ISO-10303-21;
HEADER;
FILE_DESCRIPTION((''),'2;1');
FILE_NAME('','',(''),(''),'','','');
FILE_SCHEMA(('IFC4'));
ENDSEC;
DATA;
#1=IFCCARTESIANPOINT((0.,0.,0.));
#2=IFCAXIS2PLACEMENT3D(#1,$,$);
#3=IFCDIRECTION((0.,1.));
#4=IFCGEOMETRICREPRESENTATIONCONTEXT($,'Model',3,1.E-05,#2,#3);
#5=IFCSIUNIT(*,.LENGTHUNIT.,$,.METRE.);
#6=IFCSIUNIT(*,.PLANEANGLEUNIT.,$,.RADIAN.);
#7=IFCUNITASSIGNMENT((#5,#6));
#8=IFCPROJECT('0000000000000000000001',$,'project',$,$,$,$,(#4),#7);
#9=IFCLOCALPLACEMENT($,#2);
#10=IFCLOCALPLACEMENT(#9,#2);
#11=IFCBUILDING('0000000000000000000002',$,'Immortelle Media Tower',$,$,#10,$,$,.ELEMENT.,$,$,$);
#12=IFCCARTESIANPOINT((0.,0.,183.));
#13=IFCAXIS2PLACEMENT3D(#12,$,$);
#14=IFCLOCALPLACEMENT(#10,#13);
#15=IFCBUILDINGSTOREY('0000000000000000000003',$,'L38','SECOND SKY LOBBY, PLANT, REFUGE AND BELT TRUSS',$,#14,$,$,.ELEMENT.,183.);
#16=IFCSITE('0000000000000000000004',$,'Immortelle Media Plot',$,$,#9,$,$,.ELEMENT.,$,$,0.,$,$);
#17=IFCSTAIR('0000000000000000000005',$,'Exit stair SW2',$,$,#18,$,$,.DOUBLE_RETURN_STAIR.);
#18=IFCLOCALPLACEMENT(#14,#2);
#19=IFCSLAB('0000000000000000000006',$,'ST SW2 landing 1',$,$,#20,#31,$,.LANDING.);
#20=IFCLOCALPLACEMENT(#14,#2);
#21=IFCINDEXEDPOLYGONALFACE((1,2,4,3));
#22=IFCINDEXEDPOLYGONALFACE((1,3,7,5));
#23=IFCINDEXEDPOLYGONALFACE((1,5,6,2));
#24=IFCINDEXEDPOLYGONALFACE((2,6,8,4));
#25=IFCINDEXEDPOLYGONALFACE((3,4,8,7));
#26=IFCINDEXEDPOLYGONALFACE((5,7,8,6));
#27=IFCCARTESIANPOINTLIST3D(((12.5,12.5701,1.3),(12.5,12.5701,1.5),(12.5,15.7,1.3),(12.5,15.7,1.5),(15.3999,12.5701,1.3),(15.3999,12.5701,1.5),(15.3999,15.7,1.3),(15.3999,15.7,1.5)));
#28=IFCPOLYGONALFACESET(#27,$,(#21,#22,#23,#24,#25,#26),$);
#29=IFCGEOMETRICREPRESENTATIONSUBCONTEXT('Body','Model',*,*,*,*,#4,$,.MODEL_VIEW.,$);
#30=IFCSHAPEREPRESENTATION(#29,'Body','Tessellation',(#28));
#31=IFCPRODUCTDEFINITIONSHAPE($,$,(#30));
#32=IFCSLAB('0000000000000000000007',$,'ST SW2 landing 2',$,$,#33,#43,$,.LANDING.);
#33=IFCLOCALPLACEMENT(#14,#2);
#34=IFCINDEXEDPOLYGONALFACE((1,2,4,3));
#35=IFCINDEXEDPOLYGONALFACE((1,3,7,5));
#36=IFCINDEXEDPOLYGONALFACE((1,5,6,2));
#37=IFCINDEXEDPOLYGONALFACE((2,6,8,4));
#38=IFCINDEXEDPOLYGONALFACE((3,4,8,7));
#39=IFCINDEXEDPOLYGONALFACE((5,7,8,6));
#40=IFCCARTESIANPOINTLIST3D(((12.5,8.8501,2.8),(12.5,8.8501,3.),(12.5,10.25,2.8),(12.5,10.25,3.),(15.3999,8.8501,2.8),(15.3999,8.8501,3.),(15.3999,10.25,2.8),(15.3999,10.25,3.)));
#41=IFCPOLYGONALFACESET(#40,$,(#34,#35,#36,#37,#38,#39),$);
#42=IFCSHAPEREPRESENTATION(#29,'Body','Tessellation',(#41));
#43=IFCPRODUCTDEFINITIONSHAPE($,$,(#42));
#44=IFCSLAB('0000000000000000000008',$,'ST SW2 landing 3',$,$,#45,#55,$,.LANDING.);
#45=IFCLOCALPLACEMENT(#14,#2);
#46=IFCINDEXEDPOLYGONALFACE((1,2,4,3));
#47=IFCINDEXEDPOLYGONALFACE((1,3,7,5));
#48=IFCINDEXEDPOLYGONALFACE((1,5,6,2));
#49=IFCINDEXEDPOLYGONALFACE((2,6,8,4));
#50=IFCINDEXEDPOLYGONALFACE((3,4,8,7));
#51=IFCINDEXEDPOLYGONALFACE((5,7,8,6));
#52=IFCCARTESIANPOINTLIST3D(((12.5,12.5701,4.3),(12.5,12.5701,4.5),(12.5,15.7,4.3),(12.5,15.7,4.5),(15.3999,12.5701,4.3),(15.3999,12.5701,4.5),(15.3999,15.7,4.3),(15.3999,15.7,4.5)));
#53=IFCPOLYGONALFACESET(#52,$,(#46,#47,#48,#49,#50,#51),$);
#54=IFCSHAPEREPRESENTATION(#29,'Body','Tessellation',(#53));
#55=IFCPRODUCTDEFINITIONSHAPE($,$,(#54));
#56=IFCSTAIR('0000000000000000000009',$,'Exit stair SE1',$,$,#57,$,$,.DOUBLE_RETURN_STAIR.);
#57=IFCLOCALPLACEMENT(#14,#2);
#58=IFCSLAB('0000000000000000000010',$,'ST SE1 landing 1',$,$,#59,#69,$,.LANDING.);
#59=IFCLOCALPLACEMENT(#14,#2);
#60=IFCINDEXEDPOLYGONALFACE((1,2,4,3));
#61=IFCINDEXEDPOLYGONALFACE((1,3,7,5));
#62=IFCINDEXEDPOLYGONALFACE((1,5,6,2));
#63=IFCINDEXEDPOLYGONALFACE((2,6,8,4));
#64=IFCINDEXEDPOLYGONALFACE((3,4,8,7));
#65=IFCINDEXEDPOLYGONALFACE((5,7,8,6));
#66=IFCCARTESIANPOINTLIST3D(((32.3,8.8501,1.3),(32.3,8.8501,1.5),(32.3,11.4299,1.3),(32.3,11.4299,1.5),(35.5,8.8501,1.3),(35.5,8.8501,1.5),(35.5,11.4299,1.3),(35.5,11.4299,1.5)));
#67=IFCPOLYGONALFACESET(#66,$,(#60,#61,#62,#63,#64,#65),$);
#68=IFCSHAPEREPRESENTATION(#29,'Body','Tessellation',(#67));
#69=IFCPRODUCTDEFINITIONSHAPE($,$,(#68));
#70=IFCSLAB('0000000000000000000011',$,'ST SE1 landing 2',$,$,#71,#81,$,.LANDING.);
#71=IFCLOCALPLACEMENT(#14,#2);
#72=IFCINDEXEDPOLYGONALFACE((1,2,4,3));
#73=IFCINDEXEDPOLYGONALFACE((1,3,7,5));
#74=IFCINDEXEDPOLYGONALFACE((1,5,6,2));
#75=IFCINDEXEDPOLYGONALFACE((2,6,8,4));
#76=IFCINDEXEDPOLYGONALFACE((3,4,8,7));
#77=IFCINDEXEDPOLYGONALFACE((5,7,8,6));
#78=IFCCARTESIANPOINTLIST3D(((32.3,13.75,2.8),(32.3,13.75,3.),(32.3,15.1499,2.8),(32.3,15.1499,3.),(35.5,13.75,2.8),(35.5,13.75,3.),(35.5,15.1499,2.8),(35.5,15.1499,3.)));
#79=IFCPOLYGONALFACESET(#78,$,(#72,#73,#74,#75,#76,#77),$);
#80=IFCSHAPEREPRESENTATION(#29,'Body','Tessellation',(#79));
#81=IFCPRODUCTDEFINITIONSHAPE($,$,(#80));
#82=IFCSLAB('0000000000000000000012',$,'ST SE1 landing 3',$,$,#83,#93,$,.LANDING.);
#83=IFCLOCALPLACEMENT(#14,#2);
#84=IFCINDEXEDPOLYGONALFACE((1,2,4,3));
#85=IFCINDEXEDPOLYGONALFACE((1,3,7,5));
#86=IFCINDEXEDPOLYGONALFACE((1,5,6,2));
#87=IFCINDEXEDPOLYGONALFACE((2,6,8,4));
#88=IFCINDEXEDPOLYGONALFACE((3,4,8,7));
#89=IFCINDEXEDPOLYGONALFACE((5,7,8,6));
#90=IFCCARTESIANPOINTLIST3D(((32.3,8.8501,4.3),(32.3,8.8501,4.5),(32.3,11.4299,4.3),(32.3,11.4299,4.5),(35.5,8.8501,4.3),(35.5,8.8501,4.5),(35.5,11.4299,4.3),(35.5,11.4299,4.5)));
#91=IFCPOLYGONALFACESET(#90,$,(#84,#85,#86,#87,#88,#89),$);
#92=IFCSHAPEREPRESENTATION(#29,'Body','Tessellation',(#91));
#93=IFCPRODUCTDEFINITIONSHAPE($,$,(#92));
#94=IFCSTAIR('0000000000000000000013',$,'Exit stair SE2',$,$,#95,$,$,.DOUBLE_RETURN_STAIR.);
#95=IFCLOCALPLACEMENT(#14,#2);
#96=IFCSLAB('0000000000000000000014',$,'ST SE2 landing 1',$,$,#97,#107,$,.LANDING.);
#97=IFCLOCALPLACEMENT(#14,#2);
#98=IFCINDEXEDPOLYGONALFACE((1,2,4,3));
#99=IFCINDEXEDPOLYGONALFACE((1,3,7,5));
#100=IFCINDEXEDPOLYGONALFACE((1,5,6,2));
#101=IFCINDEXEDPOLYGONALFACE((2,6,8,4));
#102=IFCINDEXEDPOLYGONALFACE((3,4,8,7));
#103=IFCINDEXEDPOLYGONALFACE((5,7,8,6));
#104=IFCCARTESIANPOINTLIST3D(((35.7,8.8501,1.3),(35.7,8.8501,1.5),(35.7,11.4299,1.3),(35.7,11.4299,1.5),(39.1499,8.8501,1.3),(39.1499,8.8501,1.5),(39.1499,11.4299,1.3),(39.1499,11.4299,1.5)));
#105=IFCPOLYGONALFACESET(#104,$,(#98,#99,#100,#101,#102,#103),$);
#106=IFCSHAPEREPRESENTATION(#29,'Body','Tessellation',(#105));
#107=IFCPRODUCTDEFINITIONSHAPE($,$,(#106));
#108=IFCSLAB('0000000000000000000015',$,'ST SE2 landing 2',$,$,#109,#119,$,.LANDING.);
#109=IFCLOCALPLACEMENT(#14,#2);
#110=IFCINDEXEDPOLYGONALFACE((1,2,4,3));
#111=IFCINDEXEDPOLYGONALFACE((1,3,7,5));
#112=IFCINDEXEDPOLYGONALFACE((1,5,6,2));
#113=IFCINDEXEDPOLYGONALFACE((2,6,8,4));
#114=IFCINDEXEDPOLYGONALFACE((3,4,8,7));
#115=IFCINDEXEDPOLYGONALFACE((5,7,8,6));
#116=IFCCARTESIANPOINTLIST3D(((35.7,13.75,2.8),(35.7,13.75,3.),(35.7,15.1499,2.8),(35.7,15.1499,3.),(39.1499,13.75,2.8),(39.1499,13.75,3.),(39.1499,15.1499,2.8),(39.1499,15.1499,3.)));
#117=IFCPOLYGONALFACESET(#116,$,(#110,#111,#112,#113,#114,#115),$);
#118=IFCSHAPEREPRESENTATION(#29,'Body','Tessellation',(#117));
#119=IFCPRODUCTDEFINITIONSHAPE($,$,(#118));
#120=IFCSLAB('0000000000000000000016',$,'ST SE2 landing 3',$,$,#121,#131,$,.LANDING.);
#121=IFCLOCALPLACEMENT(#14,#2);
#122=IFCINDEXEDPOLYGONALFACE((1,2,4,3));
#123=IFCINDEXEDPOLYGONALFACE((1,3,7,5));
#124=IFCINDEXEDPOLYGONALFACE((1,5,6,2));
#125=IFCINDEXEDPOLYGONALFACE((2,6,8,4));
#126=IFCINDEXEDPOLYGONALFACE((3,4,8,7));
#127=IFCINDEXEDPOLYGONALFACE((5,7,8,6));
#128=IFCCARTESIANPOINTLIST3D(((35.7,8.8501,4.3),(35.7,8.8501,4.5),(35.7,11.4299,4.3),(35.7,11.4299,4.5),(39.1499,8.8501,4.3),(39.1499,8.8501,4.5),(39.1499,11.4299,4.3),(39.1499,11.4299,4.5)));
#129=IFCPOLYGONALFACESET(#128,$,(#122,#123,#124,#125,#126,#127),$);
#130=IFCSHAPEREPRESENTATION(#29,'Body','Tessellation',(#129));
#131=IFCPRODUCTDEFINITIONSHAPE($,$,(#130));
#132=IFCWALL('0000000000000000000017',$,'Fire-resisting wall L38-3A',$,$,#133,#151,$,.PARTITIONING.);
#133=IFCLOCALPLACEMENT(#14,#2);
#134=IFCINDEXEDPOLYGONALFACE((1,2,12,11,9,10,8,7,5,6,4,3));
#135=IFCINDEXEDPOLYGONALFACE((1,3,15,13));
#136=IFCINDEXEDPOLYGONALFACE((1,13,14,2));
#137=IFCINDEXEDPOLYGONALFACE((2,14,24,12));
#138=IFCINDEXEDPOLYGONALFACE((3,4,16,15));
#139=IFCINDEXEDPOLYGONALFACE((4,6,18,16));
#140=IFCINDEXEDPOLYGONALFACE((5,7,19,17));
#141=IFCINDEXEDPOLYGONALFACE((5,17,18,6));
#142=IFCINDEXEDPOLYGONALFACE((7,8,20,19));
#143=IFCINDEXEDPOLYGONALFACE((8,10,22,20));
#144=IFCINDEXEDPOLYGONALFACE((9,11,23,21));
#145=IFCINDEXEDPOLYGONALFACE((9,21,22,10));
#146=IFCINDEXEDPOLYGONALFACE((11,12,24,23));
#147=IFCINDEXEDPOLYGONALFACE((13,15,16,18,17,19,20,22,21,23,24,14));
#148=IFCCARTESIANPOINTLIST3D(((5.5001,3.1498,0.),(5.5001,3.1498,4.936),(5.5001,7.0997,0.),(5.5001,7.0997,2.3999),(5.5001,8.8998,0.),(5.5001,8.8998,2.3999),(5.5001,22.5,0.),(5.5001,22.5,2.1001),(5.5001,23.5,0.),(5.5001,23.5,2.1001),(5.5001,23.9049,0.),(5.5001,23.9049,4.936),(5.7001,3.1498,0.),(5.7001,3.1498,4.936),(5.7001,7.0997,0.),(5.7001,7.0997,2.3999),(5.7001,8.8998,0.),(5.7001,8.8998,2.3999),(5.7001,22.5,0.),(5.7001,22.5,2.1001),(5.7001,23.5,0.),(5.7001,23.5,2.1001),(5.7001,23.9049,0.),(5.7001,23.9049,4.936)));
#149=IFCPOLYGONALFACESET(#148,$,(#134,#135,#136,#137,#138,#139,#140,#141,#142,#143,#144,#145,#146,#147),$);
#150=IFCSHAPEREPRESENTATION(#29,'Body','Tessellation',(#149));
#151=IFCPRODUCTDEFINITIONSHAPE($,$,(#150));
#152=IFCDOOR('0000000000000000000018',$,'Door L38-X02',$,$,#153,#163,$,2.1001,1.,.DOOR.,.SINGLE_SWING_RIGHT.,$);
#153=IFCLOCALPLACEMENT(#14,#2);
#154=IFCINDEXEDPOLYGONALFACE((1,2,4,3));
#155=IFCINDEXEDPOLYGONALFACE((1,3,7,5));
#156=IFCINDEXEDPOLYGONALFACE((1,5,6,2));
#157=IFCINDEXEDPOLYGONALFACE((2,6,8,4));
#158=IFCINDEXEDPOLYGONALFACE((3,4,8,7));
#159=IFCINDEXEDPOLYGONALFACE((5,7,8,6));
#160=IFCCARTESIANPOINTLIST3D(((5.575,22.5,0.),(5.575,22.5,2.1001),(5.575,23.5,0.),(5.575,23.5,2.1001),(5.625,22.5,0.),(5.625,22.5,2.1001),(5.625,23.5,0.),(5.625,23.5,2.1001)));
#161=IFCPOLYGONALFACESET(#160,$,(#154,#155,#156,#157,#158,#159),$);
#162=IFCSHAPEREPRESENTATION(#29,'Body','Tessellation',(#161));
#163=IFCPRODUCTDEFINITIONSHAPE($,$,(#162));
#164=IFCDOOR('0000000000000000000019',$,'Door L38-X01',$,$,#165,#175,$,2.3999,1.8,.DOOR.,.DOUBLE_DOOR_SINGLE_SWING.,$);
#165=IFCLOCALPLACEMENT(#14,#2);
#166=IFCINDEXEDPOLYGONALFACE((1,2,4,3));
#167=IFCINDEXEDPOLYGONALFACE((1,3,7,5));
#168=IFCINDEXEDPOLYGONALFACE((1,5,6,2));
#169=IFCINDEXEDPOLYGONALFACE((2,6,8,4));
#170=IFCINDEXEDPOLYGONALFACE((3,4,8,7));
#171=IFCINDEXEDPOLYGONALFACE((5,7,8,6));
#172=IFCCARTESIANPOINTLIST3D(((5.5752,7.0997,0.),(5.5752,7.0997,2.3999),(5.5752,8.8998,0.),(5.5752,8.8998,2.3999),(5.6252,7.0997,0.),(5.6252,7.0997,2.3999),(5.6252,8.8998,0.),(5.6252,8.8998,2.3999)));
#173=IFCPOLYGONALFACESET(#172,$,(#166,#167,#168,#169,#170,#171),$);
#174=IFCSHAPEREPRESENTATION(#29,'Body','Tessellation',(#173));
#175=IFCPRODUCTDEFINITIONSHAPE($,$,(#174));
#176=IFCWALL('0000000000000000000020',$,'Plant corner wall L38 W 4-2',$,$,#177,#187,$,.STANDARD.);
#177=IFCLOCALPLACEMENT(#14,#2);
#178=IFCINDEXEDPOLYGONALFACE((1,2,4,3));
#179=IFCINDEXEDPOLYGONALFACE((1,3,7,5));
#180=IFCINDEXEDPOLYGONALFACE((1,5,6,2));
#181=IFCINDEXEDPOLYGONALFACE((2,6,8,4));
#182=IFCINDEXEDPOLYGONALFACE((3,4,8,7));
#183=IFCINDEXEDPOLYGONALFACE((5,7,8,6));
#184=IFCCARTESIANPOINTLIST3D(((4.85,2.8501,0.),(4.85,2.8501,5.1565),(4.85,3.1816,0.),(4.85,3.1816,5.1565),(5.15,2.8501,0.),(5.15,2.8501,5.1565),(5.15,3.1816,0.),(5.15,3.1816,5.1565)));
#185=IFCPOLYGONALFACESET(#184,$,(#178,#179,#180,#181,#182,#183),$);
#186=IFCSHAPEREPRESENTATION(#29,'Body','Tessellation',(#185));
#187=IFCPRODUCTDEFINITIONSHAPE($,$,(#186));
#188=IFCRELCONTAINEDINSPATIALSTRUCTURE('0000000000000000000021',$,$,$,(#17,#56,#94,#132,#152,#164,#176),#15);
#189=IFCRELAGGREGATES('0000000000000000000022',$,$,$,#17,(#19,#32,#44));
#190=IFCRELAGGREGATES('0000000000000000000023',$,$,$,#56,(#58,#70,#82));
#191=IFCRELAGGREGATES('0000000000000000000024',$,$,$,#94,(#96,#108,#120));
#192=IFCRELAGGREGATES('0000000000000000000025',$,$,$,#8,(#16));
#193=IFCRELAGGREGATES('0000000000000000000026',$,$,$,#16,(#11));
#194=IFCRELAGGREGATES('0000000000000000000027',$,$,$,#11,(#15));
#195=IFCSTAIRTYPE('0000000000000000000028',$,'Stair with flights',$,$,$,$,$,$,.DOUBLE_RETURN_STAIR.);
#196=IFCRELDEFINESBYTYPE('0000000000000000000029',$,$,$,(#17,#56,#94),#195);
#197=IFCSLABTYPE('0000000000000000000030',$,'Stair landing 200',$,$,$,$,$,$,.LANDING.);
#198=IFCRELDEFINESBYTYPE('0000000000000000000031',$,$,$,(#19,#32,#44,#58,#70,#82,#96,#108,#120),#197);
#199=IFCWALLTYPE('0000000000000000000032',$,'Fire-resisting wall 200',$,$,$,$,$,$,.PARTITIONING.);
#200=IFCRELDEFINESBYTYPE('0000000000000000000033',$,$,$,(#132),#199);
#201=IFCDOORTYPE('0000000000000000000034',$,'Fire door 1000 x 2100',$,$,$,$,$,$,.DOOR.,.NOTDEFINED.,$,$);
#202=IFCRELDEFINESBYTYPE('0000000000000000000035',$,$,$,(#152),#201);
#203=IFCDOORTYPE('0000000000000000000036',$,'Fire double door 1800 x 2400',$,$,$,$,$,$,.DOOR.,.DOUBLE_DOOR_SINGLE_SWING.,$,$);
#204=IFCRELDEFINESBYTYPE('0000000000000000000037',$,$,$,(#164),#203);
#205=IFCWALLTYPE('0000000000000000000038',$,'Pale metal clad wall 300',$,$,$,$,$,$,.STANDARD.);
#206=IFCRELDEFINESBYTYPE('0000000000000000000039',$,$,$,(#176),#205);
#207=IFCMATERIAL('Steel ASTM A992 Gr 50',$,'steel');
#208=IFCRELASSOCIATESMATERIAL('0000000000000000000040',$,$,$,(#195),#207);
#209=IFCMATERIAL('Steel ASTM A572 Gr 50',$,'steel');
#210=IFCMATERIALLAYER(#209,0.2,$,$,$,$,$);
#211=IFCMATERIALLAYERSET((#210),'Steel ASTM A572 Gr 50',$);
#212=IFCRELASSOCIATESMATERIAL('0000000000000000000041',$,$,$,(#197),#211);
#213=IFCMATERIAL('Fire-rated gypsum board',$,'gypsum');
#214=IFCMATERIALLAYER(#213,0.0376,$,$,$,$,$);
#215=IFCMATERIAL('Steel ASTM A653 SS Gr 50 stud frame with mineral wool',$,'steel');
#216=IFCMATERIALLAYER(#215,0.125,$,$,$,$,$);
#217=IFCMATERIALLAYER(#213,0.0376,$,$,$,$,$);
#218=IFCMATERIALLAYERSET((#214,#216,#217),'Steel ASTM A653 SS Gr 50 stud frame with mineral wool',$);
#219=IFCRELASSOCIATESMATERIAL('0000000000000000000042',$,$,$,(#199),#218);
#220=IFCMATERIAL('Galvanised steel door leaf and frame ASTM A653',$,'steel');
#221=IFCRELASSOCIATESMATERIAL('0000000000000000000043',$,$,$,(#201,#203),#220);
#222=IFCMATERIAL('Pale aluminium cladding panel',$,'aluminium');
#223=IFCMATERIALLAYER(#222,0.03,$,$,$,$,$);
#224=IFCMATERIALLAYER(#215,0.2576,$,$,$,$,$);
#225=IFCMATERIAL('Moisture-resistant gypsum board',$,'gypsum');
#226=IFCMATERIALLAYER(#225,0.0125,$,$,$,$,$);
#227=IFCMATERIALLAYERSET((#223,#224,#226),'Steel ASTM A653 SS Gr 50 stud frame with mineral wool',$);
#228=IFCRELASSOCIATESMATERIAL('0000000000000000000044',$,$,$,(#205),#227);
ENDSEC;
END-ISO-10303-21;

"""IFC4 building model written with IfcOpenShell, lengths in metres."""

from ifc_helpers import new_model, si_unit, direction, frame, frame_2d, origin, place, context, subcontext, project, spatial, polyline, rectangle, outline, extrude, material, layer, layer_set, type_object, element, fill, aggregate, save


model = new_model("IFC4")

# Units and contexts
model_context = context("Model", 3, precision=1e-05, world=origin(), true_north=direction((0.0, 1.0)))
body_context = subcontext(model_context, "Body", "Model", "MODEL_VIEW")
ifc_project = project(units=[si_unit("LENGTHUNIT", "METRE"), si_unit("PLANEANGLEUNIT", "RADIAN")], contexts=[model_context])

# Site, building, storey
site_placement = place(None, origin())
site = spatial("IfcSite", under=ifc_project, at=site_placement, Name="Immortelle Media Plot", CompositionType="ELEMENT", RefElevation=0.0)
building_placement = place(site_placement, origin())
building = spatial("IfcBuilding", under=site, at=building_placement, Name="Immortelle Media Tower", CompositionType="ELEMENT")
storey_placement = place(building_placement, frame((0.0, 0.0, 183.0)))
storey = spatial("IfcBuildingStorey", under=building, at=storey_placement, Name="L38", Description="SECOND SKY LOBBY, PLANT, REFUGE AND BELT TRUSS", CompositionType="ELEMENT", Elevation=183.0)

# Shared definitions
ifc_material_1 = material(Name="Steel ASTM A992 Gr 50", Category="steel")

# Stairs, slabs
stair_type = type_object("IfcStairType", Name="Stair with flights", PredefinedType="DOUBLE_RETURN_STAIR", material=ifc_material_1)
ifc_material_2 = material(Name="Steel ASTM A572 Gr 50", Category="steel")
ifc_layer_1 = layer(ifc_material_2, 0.2)
ifc_layer_set_1 = layer_set([ifc_layer_1], Name="Steel ASTM A572 Gr 50")
slab_type_1 = type_object("IfcSlabType", Name="Stair landing 200", PredefinedType="LANDING", material=ifc_layer_set_1)
stair_1_placement = place(storey_placement, origin())
stair_1 = element("IfcStair", 1, at=stair_1_placement, inside=storey, type_object=stair_type, Name="Exit stair SW2", PredefinedType="DOUBLE_RETURN_STAIR")
slab_1_placement = place(storey_placement, frame((0.0, 0.0, 1.3)))
slab_1 = element("IfcSlab", 2, at=slab_1_placement, type_object=slab_type_1, Name="ST SW2 landing 1", PredefinedType="LANDING", context=body_context, shape_type="SweptSolid", body=[
    extrude(outline(polyline([(12.5, 12.5701), (15.3999, 12.5701), (15.3999, 15.7), (12.5, 15.7), (12.5, 12.5701)])), origin(), (0.0, 0.0, 1.0), 0.2),
])
slab_2_placement = place(storey_placement, frame((0.0, 0.0, 2.8)))
slab_2 = element("IfcSlab", 3, at=slab_2_placement, type_object=slab_type_1, Name="ST SW2 landing 2", PredefinedType="LANDING", context=body_context, shape_type="SweptSolid", body=[
    extrude(outline(polyline([(12.5, 8.8501), (15.3999, 8.8501), (15.3999, 10.25), (12.5, 10.25), (12.5, 8.8501)])), origin(), (0.0, 0.0, 1.0), 0.2),
])
slab_3_placement = place(storey_placement, frame((0.0, 0.0, 4.3)))
slab_3 = element("IfcSlab", 4, at=slab_3_placement, type_object=slab_type_1, Name="ST SW2 landing 3", PredefinedType="LANDING", context=body_context, shape_type="SweptSolid", body=[
    extrude(outline(polyline([(12.5, 12.5701), (15.3999, 12.5701), (15.3999, 15.7), (12.5, 15.7), (12.5, 12.5701)])), origin(), (0.0, 0.0, 1.0), 0.2),
])
aggregate(stair_1, [slab_1, slab_2, slab_3])
stair_2_placement = place(storey_placement, origin())
stair_2 = element("IfcStair", 5, at=stair_2_placement, inside=storey, type_object=stair_type, Name="Exit stair SE1", PredefinedType="DOUBLE_RETURN_STAIR")
slab_4_placement = place(storey_placement, frame((0.0, 0.0, 1.3)))
slab_4 = element("IfcSlab", 6, at=slab_4_placement, type_object=slab_type_1, Name="ST SE1 landing 1", PredefinedType="LANDING", context=body_context, shape_type="SweptSolid", body=[
    extrude(outline(polyline([(32.3, 8.8501), (35.5, 8.8501), (35.5, 11.4299), (32.3, 11.4299), (32.3, 8.8501)])), origin(), (0.0, 0.0, 1.0), 0.2),
])
slab_5_placement = place(storey_placement, frame((0.0, 0.0, 2.8)))
slab_5 = element("IfcSlab", 7, at=slab_5_placement, type_object=slab_type_1, Name="ST SE1 landing 2", PredefinedType="LANDING", context=body_context, shape_type="SweptSolid", body=[
    extrude(outline(polyline([(32.3, 13.75), (35.5, 13.75), (35.5, 15.1499), (32.3, 15.1499), (32.3, 13.75)])), origin(), (0.0, 0.0, 1.0), 0.2),
])
slab_6_placement = place(storey_placement, frame((0.0, 0.0, 4.3)))
slab_6 = element("IfcSlab", 8, at=slab_6_placement, type_object=slab_type_1, Name="ST SE1 landing 3", PredefinedType="LANDING", context=body_context, shape_type="SweptSolid", body=[
    extrude(outline(polyline([(32.3, 8.8501), (35.5, 8.8501), (35.5, 11.4299), (32.3, 11.4299), (32.3, 8.8501)])), origin(), (0.0, 0.0, 1.0), 0.2),
])
aggregate(stair_2, [slab_4, slab_5, slab_6])
stair_3_placement = place(storey_placement, origin())
stair_3 = element("IfcStair", 9, at=stair_3_placement, inside=storey, type_object=stair_type, Name="Exit stair SE2", PredefinedType="DOUBLE_RETURN_STAIR")
slab_7_placement = place(storey_placement, frame((0.0, 0.0, 1.3)))
slab_7 = element("IfcSlab", 10, at=slab_7_placement, type_object=slab_type_1, Name="ST SE2 landing 1", PredefinedType="LANDING", context=body_context, shape_type="SweptSolid", body=[
    extrude(outline(polyline([(35.7, 8.8501), (39.1499, 8.8501), (39.1499, 11.4299), (35.7, 11.4299), (35.7, 8.8501)])), origin(), (0.0, 0.0, 1.0), 0.2),
])
slab_8_placement = place(storey_placement, frame((0.0, 0.0, 2.8)))
slab_8 = element("IfcSlab", 11, at=slab_8_placement, type_object=slab_type_1, Name="ST SE2 landing 2", PredefinedType="LANDING", context=body_context, shape_type="SweptSolid", body=[
    extrude(outline(polyline([(35.7, 13.75), (39.1499, 13.75), (39.1499, 15.1499), (35.7, 15.1499), (35.7, 13.75)])), origin(), (0.0, 0.0, 1.0), 0.2),
])
slab_9_placement = place(storey_placement, frame((0.0, 0.0, 4.3)))
slab_9 = element("IfcSlab", 12, at=slab_9_placement, type_object=slab_type_1, Name="ST SE2 landing 3", PredefinedType="LANDING", context=body_context, shape_type="SweptSolid", body=[
    extrude(outline(polyline([(35.7, 8.8501), (39.1499, 8.8501), (39.1499, 11.4299), (35.7, 11.4299), (35.7, 8.8501)])), origin(), (0.0, 0.0, 1.0), 0.2),
])
aggregate(stair_3, [slab_7, slab_8, slab_9])

# Wall, openings, doors
ifc_material_3 = material(Name="Fire-rated gypsum board", Category="gypsum")
ifc_layer_2 = layer(ifc_material_3, 0.0376)
ifc_material_4 = material(Name="Steel ASTM A653 SS Gr 50 stud frame with mineral wool", Category="steel")
ifc_layer_3 = layer(ifc_material_4, 0.125)
ifc_layer_4 = layer(ifc_material_3, 0.0376)
ifc_layer_set_2 = layer_set([ifc_layer_2, ifc_layer_3, ifc_layer_4], Name="Steel ASTM A653 SS Gr 50 stud frame with mineral wool")
wall_type_1 = type_object("IfcWallType", Name="Fire-resisting wall 200", PredefinedType="PARTITIONING", material=ifc_layer_set_2)
wall_1_placement = place(storey_placement, frame((5.6001, 3.1499, 0.0), z_axis=(0.0, 0.0, 1.0), x_axis=(0.0, 1.0, 0.0)))
wall_1 = element("IfcWall", 13, at=wall_1_placement, inside=storey, type_object=wall_type_1, Name="Fire-resisting wall L38-3A", PredefinedType="PARTITIONING", context=body_context, shape_type="SweptSolid", body=[
    extrude(rectangle(XDim=20.7551, YDim=0.2, at=frame_2d((10.3774, 0.0))), origin(), (0.0, 0.0, 1.0), 4.936),
])
opening_1_placement = place(wall_1_placement, frame((3.95, 0.0, 0.0)))
opening_1 = element("IfcOpeningElement", 14, at=opening_1_placement, cuts=wall_1, PredefinedType="OPENING", context=body_context, shape_type="SweptSolid", body=[
    extrude(rectangle(XDim=1.8, YDim=2.3999, at=frame_2d((0.8999, 1.2))), frame((0.0, 0.1099, 0.0), z_axis=(0.0, -1.0, 0.0), x_axis=(1.0, 0.0, 0.0)), (0.0, 0.0, 1.0), 0.22),
])
opening_2_placement = place(wall_1_placement, frame((20.3501, 0.0, 0.0), z_axis=(0.0, 0.0, 1.0), x_axis=(-1.0, 0.0, 0.0)))
opening_2 = element("IfcOpeningElement", 15, at=opening_2_placement, cuts=wall_1, PredefinedType="OPENING", context=body_context, shape_type="SweptSolid", body=[
    extrude(rectangle(XDim=1.0, YDim=2.1001, at=frame_2d((0.5, 1.05))), frame((0.0, 0.1099, 0.0), z_axis=(0.0, -1.0, 0.0), x_axis=(1.0, 0.0, 0.0)), (0.0, 0.0, 1.0), 0.22),
])
ifc_material_5 = material(Name="Galvanised steel door leaf and frame ASTM A653", Category="steel")
door_type_1 = type_object("IfcDoorType", Name="Fire door 1000 x 2100", OperationType="NOTDEFINED", PredefinedType="DOOR", material=ifc_material_5)
door_1_placement = place(opening_2_placement, origin())
door_1 = element("IfcDoor", 16, at=door_1_placement, inside=storey, type_object=door_type_1, Name="Door L38-X02", OperationType="SINGLE_SWING_RIGHT", OverallHeight=2.1001, OverallWidth=1.0, PredefinedType="DOOR", context=body_context, shape_type="SweptSolid", body=[
    extrude(rectangle(XDim=1.0, YDim=2.1001, at=frame_2d((0.5, 1.05))), frame((0.0, 0.0249, 0.0), z_axis=(0.0, -1.0, 0.0), x_axis=(1.0, 0.0, 0.0)), (0.0, 0.0, 1.0), 0.05),
])
fill(opening_2, door_1)
door_type_2 = type_object("IfcDoorType", Name="Fire double door 1800 x 2400", OperationType="DOUBLE_DOOR_SINGLE_SWING", PredefinedType="DOOR", material=ifc_material_5)
door_2_placement = place(opening_1_placement, origin())
door_2 = element("IfcDoor", 17, at=door_2_placement, inside=storey, type_object=door_type_2, Name="Door L38-X01", OperationType="DOUBLE_DOOR_SINGLE_SWING", OverallHeight=2.3999, OverallWidth=1.8, PredefinedType="DOOR", context=body_context, shape_type="SweptSolid", body=[
    extrude(rectangle(XDim=1.8, YDim=2.3999, at=frame_2d((0.8999, 1.2))), frame((0.0, 0.0249, 0.0), z_axis=(0.0, -1.0, 0.0), x_axis=(1.0, 0.0, 0.0)), (0.0, 0.0, 1.0), 0.05),
])
fill(opening_1, door_2)

# Wall
ifc_material_6 = material(Name="Pale aluminium cladding panel", Category="aluminium")
ifc_layer_5 = layer(ifc_material_6, 0.03)
ifc_layer_6 = layer(ifc_material_4, 0.2576)
ifc_material_7 = material(Name="Moisture-resistant gypsum board", Category="gypsum")
ifc_layer_7 = layer(ifc_material_7, 0.0125)
ifc_layer_set_3 = layer_set([ifc_layer_5, ifc_layer_6, ifc_layer_7], Name="Steel ASTM A653 SS Gr 50 stud frame with mineral wool")
wall_type_2 = type_object("IfcWallType", Name="Pale metal clad wall 300", PredefinedType="STANDARD", material=ifc_layer_set_3)
wall_2_placement = place(storey_placement, frame((5.0, 3.1816, 0.0), z_axis=(0.0, 0.0, 1.0), x_axis=(0.0, -1.0, 0.0)))
element("IfcWall", 18, at=wall_2_placement, inside=storey, type_object=wall_type_2, Name="Plant corner wall L38 W 4-2", PredefinedType="STANDARD", context=body_context, shape_type="SweptSolid", body=[
    extrude(rectangle(XDim=0.3315, YDim=0.3, at=frame_2d((0.1658, 0.0))), origin(), (0.0, 0.0, 1.0), 5.1565),
])

save(model, "model.ifc")
